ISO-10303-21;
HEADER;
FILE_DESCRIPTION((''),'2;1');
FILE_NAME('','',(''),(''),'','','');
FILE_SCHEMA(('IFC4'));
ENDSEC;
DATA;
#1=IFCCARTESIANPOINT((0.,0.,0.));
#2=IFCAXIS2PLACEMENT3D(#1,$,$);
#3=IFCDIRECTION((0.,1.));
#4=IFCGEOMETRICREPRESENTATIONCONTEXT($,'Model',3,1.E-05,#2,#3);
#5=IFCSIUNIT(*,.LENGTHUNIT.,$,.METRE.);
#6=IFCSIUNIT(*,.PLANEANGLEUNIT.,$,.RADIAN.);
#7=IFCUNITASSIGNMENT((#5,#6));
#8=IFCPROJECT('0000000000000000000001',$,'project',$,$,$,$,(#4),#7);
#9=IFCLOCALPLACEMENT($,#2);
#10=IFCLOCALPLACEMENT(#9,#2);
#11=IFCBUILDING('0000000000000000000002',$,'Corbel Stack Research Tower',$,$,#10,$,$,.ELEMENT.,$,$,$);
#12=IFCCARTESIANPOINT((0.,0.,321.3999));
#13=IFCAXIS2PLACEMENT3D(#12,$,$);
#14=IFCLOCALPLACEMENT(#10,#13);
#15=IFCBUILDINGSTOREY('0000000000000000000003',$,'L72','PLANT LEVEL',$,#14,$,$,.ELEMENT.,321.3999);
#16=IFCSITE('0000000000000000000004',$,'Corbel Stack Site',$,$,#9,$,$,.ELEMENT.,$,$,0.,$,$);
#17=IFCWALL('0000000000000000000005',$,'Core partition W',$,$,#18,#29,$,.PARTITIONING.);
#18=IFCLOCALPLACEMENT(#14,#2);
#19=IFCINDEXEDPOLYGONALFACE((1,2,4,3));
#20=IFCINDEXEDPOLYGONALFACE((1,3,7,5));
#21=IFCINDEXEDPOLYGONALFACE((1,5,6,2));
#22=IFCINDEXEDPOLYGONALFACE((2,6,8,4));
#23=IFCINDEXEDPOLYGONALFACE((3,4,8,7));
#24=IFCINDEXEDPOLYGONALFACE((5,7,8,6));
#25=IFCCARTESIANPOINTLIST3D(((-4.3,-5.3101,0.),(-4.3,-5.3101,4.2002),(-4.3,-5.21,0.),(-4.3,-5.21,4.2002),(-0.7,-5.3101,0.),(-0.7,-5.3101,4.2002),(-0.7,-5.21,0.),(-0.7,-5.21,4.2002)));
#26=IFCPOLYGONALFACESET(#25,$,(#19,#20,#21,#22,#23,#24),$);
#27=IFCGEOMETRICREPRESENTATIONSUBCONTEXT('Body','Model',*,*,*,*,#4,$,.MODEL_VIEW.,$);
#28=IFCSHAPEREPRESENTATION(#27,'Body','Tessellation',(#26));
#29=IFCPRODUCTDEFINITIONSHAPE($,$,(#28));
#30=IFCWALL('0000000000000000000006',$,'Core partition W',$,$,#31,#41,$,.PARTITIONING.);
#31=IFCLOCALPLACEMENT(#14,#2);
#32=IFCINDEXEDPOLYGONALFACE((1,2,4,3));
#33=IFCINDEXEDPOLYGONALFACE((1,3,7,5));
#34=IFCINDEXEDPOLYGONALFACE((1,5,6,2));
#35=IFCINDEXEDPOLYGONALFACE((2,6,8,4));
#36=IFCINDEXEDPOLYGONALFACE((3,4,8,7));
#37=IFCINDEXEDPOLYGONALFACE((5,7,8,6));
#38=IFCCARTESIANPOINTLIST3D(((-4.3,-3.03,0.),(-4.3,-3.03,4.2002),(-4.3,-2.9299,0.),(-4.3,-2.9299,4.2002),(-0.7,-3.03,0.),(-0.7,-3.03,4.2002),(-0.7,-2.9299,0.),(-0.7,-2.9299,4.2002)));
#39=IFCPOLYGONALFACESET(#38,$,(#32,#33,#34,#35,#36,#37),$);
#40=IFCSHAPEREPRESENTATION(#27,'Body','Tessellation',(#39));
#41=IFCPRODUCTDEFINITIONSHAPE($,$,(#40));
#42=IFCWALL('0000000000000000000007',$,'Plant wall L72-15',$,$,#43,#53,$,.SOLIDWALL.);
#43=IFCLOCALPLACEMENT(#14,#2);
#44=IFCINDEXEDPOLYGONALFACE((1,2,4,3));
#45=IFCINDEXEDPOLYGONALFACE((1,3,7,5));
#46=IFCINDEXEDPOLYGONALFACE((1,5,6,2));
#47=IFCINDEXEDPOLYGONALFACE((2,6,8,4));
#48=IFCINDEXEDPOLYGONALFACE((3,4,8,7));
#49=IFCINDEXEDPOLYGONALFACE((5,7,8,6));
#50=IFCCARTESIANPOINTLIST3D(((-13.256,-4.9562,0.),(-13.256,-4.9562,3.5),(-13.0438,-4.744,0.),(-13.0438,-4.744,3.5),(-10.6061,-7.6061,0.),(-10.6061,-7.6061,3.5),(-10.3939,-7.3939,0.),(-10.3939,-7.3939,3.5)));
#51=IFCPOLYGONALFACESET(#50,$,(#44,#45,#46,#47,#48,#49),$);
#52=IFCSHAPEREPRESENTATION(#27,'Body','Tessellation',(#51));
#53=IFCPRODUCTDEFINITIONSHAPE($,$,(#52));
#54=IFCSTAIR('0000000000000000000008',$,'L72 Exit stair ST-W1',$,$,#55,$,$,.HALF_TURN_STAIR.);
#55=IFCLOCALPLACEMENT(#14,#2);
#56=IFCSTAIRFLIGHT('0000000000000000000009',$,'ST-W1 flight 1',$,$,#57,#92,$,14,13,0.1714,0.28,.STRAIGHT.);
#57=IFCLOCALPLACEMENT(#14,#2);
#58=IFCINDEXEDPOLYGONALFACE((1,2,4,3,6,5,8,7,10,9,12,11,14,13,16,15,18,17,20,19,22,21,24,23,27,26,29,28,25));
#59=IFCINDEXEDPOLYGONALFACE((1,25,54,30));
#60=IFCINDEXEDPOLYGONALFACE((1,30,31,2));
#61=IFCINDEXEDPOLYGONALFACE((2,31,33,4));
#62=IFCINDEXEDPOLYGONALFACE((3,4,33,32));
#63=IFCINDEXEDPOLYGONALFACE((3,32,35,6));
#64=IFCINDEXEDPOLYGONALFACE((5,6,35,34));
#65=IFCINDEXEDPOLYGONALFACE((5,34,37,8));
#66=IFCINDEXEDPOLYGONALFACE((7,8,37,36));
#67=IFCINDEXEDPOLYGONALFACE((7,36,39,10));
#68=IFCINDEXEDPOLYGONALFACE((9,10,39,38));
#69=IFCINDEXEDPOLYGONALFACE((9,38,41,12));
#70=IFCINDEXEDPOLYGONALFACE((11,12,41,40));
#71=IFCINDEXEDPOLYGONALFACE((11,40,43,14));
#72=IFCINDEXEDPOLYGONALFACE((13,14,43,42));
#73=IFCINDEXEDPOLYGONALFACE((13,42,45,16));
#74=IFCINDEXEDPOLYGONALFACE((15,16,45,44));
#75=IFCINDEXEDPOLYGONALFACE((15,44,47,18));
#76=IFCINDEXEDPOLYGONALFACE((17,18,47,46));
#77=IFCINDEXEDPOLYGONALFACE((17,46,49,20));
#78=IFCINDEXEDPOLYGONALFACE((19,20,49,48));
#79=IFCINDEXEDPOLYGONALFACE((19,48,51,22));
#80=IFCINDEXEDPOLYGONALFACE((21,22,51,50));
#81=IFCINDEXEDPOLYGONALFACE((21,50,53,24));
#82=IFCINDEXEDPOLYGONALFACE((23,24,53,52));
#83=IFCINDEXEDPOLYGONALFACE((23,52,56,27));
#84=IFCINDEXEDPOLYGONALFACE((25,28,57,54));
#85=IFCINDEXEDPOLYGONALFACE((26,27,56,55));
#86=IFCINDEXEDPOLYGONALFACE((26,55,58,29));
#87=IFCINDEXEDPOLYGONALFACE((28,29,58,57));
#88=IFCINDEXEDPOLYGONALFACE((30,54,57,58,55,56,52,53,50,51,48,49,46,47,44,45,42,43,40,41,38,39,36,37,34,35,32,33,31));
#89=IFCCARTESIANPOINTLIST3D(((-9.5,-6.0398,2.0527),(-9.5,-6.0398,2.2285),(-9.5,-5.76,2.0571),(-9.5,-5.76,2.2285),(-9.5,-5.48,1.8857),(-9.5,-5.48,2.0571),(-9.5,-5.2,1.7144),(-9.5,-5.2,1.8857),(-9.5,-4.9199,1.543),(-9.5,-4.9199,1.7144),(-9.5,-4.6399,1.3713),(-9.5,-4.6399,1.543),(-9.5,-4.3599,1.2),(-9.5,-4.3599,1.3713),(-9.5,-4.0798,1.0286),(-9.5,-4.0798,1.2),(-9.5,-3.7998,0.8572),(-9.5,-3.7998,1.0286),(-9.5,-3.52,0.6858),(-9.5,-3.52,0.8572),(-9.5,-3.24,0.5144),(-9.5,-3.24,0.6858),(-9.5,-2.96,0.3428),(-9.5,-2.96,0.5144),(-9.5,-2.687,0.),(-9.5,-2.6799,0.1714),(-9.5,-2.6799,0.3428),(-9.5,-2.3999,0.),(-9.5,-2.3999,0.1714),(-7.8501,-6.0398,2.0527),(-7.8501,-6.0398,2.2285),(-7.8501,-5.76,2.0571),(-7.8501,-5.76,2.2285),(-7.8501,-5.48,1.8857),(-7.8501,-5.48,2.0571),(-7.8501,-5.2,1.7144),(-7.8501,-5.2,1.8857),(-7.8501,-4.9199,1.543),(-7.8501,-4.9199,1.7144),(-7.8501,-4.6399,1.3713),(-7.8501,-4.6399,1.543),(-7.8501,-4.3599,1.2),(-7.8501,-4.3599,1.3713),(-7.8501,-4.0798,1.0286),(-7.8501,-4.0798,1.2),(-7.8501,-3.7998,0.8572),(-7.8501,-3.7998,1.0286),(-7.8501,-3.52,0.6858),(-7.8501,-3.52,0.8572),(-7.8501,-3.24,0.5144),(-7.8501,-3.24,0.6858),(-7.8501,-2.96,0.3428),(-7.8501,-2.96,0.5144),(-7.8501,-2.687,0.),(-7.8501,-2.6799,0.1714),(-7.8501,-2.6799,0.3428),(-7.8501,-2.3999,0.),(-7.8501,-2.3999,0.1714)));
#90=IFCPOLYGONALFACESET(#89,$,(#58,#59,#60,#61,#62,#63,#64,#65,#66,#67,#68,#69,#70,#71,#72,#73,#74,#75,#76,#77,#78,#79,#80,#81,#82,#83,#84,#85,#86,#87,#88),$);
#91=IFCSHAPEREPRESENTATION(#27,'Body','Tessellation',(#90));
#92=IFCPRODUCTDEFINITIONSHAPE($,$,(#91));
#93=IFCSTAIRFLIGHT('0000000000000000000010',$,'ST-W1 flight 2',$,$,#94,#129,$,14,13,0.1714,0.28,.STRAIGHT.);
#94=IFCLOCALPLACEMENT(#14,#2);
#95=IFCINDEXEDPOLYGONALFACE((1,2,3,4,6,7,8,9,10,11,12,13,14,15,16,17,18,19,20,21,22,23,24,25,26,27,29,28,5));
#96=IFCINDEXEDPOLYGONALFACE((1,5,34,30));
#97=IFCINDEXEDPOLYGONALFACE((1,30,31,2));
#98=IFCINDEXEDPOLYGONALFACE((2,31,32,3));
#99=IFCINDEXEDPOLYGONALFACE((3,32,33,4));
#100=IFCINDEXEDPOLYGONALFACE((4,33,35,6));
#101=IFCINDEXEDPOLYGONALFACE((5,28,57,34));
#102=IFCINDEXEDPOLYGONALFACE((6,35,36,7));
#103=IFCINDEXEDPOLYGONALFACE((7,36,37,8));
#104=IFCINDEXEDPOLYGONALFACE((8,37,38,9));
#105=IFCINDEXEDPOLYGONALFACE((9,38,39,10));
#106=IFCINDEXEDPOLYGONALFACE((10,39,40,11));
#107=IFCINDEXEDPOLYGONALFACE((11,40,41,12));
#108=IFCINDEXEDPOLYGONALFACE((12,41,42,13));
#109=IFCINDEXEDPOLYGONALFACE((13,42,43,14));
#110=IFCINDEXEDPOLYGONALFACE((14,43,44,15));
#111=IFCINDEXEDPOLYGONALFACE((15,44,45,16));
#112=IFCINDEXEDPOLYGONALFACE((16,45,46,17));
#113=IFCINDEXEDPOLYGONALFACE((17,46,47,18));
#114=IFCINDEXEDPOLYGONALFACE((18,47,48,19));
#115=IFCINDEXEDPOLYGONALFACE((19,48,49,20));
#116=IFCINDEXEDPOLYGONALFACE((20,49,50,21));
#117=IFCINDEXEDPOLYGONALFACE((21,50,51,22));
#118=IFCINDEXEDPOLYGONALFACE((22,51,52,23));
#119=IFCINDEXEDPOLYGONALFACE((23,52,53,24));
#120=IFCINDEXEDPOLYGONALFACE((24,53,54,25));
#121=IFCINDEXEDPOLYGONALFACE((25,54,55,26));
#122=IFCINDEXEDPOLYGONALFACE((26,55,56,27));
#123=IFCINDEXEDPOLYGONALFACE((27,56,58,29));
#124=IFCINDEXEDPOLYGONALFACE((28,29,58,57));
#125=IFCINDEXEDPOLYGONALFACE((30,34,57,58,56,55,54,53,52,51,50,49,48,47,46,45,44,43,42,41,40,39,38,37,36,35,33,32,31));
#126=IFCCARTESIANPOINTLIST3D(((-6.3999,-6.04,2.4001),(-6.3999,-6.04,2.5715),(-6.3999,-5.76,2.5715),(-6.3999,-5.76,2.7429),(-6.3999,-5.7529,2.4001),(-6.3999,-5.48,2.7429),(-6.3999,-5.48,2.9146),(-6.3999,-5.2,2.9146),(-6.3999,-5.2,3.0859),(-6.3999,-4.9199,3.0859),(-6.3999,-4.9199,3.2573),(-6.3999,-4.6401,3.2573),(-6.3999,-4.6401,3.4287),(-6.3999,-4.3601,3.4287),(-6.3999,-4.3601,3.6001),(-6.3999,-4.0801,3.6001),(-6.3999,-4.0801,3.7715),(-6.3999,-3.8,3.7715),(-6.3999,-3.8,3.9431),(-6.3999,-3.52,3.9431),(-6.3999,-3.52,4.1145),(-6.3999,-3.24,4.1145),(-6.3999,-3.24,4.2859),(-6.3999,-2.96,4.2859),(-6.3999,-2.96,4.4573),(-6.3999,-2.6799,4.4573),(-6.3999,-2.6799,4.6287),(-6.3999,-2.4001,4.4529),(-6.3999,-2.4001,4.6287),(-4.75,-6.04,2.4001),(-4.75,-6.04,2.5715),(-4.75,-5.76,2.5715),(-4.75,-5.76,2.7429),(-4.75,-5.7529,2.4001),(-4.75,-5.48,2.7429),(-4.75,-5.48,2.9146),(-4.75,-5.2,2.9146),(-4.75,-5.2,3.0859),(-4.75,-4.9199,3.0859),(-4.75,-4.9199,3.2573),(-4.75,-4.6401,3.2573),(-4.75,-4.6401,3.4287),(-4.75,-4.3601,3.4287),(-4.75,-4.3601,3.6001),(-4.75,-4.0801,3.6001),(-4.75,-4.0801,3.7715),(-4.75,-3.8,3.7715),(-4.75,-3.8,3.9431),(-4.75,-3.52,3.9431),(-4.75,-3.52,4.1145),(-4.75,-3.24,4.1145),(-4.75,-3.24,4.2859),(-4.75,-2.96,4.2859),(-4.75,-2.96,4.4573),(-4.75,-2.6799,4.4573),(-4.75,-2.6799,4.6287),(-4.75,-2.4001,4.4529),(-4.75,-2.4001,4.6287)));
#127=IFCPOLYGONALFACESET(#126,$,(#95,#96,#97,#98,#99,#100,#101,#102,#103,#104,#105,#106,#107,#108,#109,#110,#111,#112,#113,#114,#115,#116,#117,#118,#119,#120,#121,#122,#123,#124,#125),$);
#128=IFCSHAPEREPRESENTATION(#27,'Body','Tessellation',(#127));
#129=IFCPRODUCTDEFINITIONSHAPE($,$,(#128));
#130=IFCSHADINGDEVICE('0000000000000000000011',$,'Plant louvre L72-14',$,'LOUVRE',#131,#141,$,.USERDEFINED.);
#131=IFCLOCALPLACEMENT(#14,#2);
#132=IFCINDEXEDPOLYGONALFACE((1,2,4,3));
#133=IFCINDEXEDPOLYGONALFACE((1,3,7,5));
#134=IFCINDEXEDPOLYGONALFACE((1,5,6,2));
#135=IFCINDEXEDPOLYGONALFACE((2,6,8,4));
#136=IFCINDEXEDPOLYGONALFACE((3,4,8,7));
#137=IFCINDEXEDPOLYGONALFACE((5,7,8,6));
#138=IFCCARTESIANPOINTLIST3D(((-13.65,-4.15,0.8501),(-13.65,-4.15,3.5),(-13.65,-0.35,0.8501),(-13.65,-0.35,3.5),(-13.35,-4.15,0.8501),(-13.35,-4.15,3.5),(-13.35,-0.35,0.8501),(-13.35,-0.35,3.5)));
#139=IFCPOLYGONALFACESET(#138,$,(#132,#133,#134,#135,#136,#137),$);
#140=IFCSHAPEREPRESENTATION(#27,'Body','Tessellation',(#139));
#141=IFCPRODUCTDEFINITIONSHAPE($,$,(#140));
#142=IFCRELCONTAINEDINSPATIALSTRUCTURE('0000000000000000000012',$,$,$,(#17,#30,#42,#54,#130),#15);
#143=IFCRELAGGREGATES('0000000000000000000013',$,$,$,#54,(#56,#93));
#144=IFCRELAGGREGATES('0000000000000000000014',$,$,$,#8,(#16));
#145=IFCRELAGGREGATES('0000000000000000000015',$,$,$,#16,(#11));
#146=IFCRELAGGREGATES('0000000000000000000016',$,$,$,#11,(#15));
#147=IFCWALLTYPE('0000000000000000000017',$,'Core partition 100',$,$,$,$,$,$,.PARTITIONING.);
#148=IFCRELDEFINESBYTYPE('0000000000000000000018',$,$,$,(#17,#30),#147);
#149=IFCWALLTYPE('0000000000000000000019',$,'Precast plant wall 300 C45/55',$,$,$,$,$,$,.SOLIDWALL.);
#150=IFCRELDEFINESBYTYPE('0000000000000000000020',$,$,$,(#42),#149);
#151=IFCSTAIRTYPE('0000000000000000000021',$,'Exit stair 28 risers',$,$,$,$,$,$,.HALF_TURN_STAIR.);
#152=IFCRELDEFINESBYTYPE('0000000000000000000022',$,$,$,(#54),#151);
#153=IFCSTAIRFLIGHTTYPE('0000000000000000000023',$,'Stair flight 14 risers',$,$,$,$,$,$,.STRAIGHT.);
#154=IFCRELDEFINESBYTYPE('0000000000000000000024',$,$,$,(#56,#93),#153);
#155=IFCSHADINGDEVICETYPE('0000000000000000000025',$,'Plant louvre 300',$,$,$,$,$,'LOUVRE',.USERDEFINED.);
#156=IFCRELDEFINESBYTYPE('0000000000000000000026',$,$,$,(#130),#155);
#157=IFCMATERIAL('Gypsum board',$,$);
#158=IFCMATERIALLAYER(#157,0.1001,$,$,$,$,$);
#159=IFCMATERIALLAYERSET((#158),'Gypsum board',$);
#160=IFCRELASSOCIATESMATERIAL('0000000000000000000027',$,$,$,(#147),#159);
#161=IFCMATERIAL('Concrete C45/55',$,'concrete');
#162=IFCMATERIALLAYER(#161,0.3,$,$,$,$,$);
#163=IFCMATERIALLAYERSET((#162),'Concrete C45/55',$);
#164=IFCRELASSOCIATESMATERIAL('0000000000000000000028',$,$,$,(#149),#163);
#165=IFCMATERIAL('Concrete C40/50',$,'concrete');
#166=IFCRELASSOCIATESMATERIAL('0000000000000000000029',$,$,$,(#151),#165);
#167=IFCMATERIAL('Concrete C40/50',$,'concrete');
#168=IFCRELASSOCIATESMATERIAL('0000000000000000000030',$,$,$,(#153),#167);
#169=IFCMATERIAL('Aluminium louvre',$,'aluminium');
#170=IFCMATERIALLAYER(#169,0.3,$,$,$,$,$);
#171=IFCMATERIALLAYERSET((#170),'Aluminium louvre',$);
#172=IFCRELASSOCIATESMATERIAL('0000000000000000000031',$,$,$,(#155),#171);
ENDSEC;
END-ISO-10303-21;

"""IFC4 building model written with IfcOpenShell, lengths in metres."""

from ifc_helpers import new_model, si_unit, direction, frame, frame_2d, origin, origin_2d, place, context, subcontext, project, spatial, polyline, rectangle, outline, extrude, material, layer, layer_set, type_object, element, aggregate, save


model = new_model("IFC4")

# Units and contexts
model_context = context("Model", 3, precision=1e-05, world=origin(), true_north=direction((0.0, 1.0)))
body_context = subcontext(model_context, "Body", "Model", "MODEL_VIEW")
ifc_project = project(units=[si_unit("LENGTHUNIT", "METRE"), si_unit("PLANEANGLEUNIT", "RADIAN")], contexts=[model_context])

# Site, building, storey
site_placement = place(None, origin())
site = spatial("IfcSite", under=ifc_project, at=site_placement, Name="Corbel Stack Site", CompositionType="ELEMENT", RefElevation=0.0)
building_placement = place(site_placement, origin())
building = spatial("IfcBuilding", under=site, at=building_placement, Name="Corbel Stack Research Tower", CompositionType="ELEMENT")
storey_placement = place(building_placement, frame((0.0, 0.0, 321.3999)))
storey = spatial("IfcBuildingStorey", under=building, at=storey_placement, Name="L72", Description="PLANT LEVEL", CompositionType="ELEMENT", Elevation=321.3999)

# Shared definitions
ifc_material_1 = material(Name="Gypsum board")
ifc_layer_1 = layer(ifc_material_1, 0.1001)
ifc_layer_set_1 = layer_set([ifc_layer_1], Name="Gypsum board")
wall_type_1 = type_object("IfcWallType", Name="Core partition 100", PredefinedType="PARTITIONING", material=ifc_layer_set_1)

# Walls
for number, where, z_axis, x_axis, name in (
    (1, (-4.3, -5.26, 0.0), (0.0, 0.0, 1.0), (1.0, 0.0, 0.0), "Core partition W"),
    (2, (-4.3, -2.98, 0.0), (0.0, 0.0, 1.0), (1.0, 0.0, 0.0), "Core partition W"),
):
    element("IfcWall", number, at=place(storey_placement, frame(where, z_axis=z_axis, x_axis=x_axis)), inside=storey, type_object=wall_type_1, Name=name, PredefinedType="PARTITIONING", context=body_context, shape_type="SweptSolid", body=[
        extrude(rectangle(XDim=3.6001, YDim=0.1001, at=frame_2d((1.8, 0.0))), origin(), (0.0, 0.0, 1.0), 4.2002),
    ])
ifc_material_2 = material(Name="Concrete C45/55", Category="concrete")
ifc_layer_2 = layer(ifc_material_2, 0.3)
ifc_layer_set_2 = layer_set([ifc_layer_2], Name="Concrete C45/55")
wall_type_2 = type_object("IfcWallType", Name="Precast plant wall 300 C45/55", PredefinedType="SOLIDWALL", material=ifc_layer_set_2)
wall_1_placement = place(storey_placement, frame((-13.1499, -4.8501, 0.0), z_axis=(0.0, 0.0, 1.0), x_axis=(0.707107, -0.707107, 0.0)))
element("IfcWall", 3, at=wall_1_placement, inside=storey, type_object=wall_type_2, Name="Plant wall L72-15", PredefinedType="SOLIDWALL", context=body_context, shape_type="SweptSolid", body=[
    extrude(rectangle(XDim=3.7476, YDim=0.3, at=frame_2d((1.8738, 0.0))), origin(), (0.0, 0.0, 1.0), 3.5),
])

# Stair, stair flights
ifc_material_3 = material(Name="Concrete C40/50", Category="concrete")
stair_type = type_object("IfcStairType", Name="Exit stair 28 risers", PredefinedType="HALF_TURN_STAIR", material=ifc_material_3)
stair_placement = place(storey_placement, origin())
stair = element("IfcStair", 4, at=stair_placement, inside=storey, type_object=stair_type, Name="L72 Exit stair ST-W1", PredefinedType="HALF_TURN_STAIR")
ifc_material_4 = material(Name="Concrete C40/50", Category="concrete")
stair_flight_type = type_object("IfcStairFlightType", Name="Stair flight 14 risers", PredefinedType="STRAIGHT", material=ifc_material_4)
stair_flight_1_placement = place(storey_placement, frame((-8.675, -2.3999, 0.0), z_axis=(0.0, 0.0, 1.0), x_axis=(0.0, -1.0, 0.0)))
stair_flight_1 = element("IfcStairFlight", 5, at=stair_flight_1_placement, type_object=stair_flight_type, Name="ST-W1 flight 1", NumberOfRisers=14, NumberOfTreads=13, PredefinedType="STRAIGHT", RiserHeight=0.1714, TreadLength=0.28, context=body_context, shape_type="SweptSolid", body=[
    extrude(outline(polyline([(0.0, 0.0), (0.0, 0.1714), (0.28, 0.1714), (0.28, 0.3428), (0.5601, 0.3428), (0.5601, 0.5144), (0.8401, 0.5144), (0.8401, 0.6858), (1.1201, 0.6858), (1.1201, 0.8572), (1.3999, 0.8572), (1.3999, 1.0286), (1.6799, 1.0286), (1.6799, 1.2), (1.96, 1.2), (1.96, 1.3713), (2.24, 1.3713), (2.24, 1.543), (2.52, 1.543), (2.52, 1.7144), (2.8, 1.7144), (2.8, 1.8857), (3.0801, 1.8857), (3.0801, 2.0571), (3.3601, 2.0571), (3.3601, 2.2285), (3.6399, 2.2285), (3.6399, 2.3999), (3.6399, 2.0527), (0.2871, 0.0), (0.0, 0.0)])), frame((0.0, 0.825, 0.0), z_axis=(0.0, -1.0, 0.0), x_axis=(1.0, 0.0, 0.0)), (0.0, 0.0, 1.0), 1.6499),
])
stair_flight_2_placement = place(storey_placement, frame((-5.575, -6.04, 2.4001), z_axis=(0.0, 0.0, 1.0), x_axis=(0.0, 1.0, 0.0)))
stair_flight_2 = element("IfcStairFlight", 6, at=stair_flight_2_placement, type_object=stair_flight_type, Name="ST-W1 flight 2", NumberOfRisers=14, NumberOfTreads=13, PredefinedType="STRAIGHT", RiserHeight=0.1714, TreadLength=0.28, context=body_context, shape_type="SweptSolid", body=[
    extrude(outline(polyline([(0.0, 0.0), (0.0, 0.1714), (0.28, 0.1714), (0.28, 0.3428), (0.5601, 0.3428), (0.5601, 0.5144), (0.8401, 0.5144), (0.8401, 0.6858), (1.1201, 0.6858), (1.1201, 0.8572), (1.3999, 0.8572), (1.3999, 1.0286), (1.6799, 1.0286), (1.6799, 1.2), (1.96, 1.2), (1.96, 1.3713), (2.24, 1.3713), (2.24, 1.543), (2.52, 1.543), (2.52, 1.7144), (2.8, 1.7144), (2.8, 1.8857), (3.0801, 1.8857), (3.0801, 2.0571), (3.3601, 2.0571), (3.3601, 2.2285), (3.6399, 2.2285), (3.6399, 2.3999), (3.6399, 2.0527), (0.2871, 0.0), (0.0, 0.0)])), frame((0.0, 0.825, 0.0), z_axis=(0.0, -1.0, 0.0), x_axis=(1.0, 0.0, 0.0)), (0.0, 0.0, 1.0), 1.6499),
])
aggregate(stair, [stair_flight_1, stair_flight_2])

# Shading device
ifc_material_5 = material(Name="Aluminium louvre", Category="aluminium")
ifc_layer_3 = layer(ifc_material_5, 0.3)
ifc_layer_set_3 = layer_set([ifc_layer_3], Name="Aluminium louvre")
shading_device_type = type_object("IfcShadingDeviceType", Name="Plant louvre 300", ElementType="LOUVRE", PredefinedType="USERDEFINED", material=ifc_layer_set_3)
shading_device_placement = place(storey_placement, frame((-13.5, -2.25, 0.8501), z_axis=(0.0, 0.0, 1.0), x_axis=(0.0, -1.0, 0.0)))
element("IfcShadingDevice", 7, at=shading_device_placement, inside=storey, type_object=shading_device_type, Name="Plant louvre L72-14", ObjectType="LOUVRE", PredefinedType="USERDEFINED", context=body_context, shape_type="SweptSolid", body=[
    extrude(rectangle(XDim=3.8, YDim=0.3, at=origin_2d()), origin(), (0.0, 0.0, 1.0), 2.6499),
])

save(model, "model.ifc")
